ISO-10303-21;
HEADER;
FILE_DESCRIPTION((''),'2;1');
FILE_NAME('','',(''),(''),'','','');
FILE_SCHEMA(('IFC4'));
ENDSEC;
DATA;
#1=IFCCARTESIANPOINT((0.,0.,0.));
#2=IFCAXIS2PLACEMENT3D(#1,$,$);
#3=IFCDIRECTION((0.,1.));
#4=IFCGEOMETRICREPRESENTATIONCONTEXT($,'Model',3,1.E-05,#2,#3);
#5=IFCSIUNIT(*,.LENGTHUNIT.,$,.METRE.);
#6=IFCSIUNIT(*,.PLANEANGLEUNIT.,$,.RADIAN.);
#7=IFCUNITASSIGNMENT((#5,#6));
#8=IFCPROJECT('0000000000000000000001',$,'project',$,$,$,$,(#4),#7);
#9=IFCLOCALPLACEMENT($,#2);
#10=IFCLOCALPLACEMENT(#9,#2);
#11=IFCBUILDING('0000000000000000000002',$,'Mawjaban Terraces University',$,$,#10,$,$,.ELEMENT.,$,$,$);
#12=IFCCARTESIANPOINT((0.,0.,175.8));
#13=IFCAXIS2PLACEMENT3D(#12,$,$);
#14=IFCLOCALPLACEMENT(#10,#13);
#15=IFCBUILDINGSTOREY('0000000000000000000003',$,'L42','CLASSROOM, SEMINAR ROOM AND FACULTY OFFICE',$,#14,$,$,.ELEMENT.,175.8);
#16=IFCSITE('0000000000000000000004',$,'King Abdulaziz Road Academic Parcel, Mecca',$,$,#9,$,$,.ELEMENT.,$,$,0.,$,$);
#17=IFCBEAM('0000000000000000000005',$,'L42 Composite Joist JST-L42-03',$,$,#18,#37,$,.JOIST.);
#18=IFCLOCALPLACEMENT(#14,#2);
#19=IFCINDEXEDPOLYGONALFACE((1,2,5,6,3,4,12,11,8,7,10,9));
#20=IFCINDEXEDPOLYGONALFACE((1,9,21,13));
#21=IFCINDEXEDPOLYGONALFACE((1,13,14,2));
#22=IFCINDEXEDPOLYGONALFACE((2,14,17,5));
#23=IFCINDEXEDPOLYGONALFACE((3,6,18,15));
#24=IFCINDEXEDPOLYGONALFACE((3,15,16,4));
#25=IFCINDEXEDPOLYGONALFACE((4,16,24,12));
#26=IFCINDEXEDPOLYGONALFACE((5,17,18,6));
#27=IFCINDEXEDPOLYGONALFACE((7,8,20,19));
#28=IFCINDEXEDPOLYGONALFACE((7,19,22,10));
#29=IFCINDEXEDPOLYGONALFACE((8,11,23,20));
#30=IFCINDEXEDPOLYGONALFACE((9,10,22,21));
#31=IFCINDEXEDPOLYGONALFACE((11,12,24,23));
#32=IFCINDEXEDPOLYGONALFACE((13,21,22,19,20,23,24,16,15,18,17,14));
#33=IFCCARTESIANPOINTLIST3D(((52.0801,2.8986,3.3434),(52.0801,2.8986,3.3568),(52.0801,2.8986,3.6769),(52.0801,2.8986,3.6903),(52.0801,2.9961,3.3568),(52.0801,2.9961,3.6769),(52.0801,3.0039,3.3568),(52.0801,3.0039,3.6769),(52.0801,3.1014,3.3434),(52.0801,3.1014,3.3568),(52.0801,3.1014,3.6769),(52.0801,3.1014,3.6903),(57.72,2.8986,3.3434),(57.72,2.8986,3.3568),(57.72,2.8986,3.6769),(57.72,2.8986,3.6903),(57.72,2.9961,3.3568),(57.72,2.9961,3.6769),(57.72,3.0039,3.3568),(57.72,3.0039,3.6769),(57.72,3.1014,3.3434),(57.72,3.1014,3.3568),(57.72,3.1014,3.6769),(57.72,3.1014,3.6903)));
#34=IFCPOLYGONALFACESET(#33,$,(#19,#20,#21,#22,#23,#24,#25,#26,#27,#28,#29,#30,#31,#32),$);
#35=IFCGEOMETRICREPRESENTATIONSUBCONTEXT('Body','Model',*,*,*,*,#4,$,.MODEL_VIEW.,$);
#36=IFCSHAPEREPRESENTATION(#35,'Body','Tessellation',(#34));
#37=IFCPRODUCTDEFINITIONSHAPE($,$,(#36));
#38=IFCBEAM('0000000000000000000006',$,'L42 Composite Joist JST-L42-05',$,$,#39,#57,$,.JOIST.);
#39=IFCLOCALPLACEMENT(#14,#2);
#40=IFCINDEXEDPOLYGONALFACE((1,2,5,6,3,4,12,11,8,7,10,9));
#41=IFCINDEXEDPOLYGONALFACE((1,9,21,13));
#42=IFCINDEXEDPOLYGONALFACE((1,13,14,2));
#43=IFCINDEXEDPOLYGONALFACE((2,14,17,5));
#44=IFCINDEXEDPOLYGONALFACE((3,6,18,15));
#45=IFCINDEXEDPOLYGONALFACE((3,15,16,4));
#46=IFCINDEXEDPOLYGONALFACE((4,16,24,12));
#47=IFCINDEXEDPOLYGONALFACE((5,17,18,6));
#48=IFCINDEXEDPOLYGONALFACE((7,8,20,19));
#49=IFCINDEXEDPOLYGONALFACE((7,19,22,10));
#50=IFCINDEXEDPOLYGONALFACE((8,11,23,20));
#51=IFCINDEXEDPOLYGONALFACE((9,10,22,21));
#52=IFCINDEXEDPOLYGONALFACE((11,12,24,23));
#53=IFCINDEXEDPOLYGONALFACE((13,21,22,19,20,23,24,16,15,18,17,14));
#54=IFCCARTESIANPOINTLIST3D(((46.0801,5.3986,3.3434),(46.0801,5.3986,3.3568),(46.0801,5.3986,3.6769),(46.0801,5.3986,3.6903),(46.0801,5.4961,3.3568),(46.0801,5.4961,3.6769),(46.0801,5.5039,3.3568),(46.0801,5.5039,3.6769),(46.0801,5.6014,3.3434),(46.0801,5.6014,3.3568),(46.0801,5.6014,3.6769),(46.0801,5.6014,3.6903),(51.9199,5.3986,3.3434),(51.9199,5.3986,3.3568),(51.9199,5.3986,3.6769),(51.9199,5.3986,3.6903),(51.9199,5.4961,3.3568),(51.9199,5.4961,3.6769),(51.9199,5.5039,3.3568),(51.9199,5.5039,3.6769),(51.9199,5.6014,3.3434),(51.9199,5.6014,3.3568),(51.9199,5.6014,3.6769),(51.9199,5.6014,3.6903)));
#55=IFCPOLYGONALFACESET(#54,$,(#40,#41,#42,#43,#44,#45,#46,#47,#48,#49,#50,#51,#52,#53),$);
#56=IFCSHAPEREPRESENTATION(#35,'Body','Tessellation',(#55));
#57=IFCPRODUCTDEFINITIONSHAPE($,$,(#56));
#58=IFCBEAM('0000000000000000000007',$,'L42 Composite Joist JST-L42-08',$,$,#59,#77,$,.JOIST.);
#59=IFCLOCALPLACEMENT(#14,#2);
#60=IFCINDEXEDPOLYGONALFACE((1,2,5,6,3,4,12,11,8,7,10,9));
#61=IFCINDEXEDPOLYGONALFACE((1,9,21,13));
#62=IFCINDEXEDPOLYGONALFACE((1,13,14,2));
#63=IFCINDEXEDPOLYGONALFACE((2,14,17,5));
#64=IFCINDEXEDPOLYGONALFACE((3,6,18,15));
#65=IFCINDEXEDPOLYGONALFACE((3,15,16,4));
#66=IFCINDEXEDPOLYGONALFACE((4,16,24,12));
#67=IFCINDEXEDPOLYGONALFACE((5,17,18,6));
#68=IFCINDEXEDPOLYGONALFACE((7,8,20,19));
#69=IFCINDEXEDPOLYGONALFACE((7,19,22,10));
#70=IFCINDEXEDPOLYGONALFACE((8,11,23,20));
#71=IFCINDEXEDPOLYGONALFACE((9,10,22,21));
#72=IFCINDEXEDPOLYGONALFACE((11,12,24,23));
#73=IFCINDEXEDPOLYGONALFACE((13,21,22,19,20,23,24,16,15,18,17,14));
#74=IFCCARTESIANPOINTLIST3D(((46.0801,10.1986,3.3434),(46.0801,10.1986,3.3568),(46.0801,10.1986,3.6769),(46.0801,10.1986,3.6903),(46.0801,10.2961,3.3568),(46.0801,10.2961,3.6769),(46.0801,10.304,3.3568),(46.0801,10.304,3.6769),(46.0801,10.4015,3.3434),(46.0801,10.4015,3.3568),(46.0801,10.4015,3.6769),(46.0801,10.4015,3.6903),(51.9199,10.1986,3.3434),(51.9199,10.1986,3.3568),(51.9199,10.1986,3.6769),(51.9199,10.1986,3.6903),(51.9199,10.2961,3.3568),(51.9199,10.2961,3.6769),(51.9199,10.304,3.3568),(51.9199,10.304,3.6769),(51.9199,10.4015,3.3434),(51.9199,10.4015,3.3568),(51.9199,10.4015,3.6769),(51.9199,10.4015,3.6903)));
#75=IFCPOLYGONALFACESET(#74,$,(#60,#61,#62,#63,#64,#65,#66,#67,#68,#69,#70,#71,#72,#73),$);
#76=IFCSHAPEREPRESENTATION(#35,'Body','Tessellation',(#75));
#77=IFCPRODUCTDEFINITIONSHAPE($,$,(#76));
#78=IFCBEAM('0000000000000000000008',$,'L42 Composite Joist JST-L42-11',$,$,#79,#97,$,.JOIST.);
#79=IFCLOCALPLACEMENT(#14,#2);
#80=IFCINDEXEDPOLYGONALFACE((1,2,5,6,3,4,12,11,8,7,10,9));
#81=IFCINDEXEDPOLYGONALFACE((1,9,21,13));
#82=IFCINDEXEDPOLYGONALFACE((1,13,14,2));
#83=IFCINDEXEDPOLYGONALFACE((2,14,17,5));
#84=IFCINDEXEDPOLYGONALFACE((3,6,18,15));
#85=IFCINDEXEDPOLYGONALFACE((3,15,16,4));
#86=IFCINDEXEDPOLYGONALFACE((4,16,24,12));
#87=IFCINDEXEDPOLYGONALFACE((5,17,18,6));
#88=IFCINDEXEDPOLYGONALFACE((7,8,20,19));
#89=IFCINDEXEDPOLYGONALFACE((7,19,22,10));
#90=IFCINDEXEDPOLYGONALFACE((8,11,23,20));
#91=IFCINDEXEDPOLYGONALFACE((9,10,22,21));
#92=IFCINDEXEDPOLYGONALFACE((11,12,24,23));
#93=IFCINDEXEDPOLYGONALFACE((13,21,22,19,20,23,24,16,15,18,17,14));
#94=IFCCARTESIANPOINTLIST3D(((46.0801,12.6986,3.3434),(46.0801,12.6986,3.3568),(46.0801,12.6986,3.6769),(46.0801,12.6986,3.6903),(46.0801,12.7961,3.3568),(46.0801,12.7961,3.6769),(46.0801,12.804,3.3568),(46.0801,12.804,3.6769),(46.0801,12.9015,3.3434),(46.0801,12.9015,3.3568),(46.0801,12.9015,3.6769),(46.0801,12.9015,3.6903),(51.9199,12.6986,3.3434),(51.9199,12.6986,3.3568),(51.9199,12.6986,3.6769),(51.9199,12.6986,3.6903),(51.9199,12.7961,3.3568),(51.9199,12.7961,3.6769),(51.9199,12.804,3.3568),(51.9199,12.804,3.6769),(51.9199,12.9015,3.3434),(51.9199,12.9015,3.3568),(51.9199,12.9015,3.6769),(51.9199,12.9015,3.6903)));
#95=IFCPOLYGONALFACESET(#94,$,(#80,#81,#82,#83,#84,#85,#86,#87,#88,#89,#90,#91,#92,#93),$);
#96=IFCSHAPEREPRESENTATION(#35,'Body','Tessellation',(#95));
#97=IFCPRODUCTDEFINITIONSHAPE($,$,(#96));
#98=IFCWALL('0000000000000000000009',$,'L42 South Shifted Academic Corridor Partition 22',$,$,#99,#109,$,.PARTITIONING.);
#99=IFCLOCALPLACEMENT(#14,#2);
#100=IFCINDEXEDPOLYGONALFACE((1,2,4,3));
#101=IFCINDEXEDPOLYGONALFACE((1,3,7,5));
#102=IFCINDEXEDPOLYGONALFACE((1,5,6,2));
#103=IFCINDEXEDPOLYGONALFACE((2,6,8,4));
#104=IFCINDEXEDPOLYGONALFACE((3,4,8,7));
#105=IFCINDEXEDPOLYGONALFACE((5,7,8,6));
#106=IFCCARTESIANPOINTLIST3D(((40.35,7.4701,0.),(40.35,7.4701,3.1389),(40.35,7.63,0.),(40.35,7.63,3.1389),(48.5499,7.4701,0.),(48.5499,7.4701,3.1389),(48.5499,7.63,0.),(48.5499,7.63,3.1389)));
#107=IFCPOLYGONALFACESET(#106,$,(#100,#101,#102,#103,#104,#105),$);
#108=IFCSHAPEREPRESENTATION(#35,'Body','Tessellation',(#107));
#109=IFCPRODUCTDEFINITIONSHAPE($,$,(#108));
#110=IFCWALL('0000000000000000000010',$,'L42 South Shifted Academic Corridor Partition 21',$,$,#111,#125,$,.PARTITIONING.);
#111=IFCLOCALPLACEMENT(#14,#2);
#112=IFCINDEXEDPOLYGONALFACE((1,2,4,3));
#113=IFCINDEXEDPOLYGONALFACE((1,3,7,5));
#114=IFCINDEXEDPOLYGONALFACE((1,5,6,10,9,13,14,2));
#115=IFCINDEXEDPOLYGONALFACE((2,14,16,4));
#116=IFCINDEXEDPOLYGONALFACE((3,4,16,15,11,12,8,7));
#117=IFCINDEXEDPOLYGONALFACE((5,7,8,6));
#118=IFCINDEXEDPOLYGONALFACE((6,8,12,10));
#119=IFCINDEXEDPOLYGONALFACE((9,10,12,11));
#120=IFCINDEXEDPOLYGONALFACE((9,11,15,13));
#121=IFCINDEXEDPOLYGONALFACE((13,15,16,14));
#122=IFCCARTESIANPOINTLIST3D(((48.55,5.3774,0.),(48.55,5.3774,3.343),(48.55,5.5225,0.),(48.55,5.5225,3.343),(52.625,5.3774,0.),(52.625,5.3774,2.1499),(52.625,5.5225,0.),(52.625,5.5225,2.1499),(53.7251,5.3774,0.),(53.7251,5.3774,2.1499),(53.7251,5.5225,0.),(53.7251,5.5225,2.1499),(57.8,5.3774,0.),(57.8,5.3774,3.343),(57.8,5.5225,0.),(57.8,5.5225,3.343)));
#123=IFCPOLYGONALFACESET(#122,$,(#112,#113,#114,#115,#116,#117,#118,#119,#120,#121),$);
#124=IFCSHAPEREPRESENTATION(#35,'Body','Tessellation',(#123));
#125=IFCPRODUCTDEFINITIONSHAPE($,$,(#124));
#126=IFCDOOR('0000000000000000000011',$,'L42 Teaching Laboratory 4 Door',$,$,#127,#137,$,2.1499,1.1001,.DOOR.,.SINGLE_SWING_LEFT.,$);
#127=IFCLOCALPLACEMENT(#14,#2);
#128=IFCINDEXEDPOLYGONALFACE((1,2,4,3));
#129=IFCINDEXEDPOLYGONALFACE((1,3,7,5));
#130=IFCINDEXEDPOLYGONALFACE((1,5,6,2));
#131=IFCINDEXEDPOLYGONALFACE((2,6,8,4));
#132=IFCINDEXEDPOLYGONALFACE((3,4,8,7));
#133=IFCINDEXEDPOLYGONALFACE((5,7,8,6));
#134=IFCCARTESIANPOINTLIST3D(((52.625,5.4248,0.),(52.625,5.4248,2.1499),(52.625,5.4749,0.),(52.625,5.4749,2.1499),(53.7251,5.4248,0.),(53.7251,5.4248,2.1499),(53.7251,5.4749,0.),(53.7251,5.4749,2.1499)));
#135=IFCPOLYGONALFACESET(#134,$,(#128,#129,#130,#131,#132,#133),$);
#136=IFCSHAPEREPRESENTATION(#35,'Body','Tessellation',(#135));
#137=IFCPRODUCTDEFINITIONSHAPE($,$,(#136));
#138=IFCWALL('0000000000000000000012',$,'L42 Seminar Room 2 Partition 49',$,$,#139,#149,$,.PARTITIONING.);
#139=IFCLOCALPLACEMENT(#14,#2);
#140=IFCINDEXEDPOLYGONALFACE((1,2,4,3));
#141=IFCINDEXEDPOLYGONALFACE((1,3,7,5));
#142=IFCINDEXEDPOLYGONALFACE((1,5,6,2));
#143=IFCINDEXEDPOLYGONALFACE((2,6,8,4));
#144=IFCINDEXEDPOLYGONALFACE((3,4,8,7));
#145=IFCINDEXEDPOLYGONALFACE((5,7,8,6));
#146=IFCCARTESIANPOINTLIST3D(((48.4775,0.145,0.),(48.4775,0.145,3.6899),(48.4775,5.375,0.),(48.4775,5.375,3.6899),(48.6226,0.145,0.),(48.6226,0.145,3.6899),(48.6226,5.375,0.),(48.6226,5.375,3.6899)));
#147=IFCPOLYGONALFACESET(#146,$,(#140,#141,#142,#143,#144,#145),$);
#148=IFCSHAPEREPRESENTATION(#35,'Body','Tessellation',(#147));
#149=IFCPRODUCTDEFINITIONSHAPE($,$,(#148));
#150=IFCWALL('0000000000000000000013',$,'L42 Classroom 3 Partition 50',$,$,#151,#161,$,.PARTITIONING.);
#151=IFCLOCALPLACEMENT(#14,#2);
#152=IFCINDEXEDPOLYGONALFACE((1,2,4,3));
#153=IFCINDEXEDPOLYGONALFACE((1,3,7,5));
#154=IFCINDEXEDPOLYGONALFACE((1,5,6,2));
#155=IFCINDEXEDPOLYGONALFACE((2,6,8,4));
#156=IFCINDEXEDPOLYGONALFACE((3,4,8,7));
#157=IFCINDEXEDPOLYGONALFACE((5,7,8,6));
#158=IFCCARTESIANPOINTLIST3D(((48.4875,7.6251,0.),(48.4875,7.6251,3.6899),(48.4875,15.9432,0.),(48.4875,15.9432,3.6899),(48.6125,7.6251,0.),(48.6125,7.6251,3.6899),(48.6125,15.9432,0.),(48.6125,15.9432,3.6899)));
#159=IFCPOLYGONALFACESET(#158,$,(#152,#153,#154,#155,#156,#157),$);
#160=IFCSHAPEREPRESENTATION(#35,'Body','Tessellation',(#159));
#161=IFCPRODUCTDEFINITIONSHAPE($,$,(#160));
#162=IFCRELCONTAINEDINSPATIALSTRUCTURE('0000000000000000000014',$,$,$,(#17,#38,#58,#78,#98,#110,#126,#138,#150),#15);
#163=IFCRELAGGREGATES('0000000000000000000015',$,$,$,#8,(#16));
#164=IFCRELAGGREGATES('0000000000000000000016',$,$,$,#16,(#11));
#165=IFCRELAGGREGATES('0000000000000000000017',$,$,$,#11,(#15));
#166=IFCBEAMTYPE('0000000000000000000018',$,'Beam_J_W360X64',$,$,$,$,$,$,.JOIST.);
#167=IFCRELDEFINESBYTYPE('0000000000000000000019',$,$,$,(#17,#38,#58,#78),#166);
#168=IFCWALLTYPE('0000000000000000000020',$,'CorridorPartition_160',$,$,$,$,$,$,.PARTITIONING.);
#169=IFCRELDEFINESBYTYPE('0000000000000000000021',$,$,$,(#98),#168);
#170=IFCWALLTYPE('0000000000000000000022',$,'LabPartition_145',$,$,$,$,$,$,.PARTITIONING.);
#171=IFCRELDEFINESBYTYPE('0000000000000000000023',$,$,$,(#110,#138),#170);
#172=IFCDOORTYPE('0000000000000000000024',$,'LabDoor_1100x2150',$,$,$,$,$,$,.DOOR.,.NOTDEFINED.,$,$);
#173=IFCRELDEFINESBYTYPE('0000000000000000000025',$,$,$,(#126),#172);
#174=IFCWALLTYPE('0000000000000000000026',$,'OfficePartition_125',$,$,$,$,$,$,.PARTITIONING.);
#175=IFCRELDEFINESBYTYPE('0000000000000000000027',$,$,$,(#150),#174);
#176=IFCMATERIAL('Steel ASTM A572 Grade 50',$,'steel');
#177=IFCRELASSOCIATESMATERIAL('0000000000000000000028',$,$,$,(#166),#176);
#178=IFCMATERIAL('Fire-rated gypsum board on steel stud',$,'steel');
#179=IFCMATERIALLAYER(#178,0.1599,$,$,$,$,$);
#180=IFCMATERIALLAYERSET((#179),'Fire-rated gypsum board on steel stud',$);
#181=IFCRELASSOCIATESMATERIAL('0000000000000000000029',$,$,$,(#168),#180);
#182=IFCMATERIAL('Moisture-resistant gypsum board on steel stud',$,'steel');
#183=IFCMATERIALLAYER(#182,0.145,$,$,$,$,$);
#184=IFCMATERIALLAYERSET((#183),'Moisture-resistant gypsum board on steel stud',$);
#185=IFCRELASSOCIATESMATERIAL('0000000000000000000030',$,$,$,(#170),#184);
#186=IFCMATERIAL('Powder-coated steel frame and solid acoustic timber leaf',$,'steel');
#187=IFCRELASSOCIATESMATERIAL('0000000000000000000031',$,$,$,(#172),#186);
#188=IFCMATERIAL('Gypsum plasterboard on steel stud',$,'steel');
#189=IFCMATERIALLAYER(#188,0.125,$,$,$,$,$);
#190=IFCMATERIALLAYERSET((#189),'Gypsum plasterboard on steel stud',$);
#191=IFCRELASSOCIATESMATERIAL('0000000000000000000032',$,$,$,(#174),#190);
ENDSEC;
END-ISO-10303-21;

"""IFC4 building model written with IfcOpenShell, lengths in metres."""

from ifc_helpers import new_model, si_unit, direction, frame, frame_2d, origin, origin_2d, place, context, subcontext, project, spatial, rectangle, i_section, extrude, material, layer, layer_set, material_profile, profile_set, type_object, element, fill, save


model = new_model("IFC4")

# Units and contexts
model_context = context("Model", 3, precision=1e-05, world=origin(), true_north=direction((0.0, 1.0)))
body_context = subcontext(model_context, "Body", "Model", "MODEL_VIEW")
ifc_project = project(units=[si_unit("LENGTHUNIT", "METRE"), si_unit("PLANEANGLEUNIT", "RADIAN")], contexts=[model_context])

# Site, building, storey
site_placement = place(None, origin())
site = spatial("IfcSite", under=ifc_project, at=site_placement, Name="King Abdulaziz Road Academic Parcel, Mecca", CompositionType="ELEMENT", RefElevation=0.0)
building_placement = place(site_placement, origin())
building = spatial("IfcBuilding", under=site, at=building_placement, Name="Mawjaban Terraces University", CompositionType="ELEMENT")
storey_placement = place(building_placement, frame((0.0, 0.0, 175.8)))
storey = spatial("IfcBuildingStorey", under=building, at=storey_placement, Name="L42", Description="CLASSROOM, SEMINAR ROOM AND FACULTY OFFICE", CompositionType="ELEMENT", Elevation=175.8)

# Beams
ifc_material_1 = material(Name="Steel ASTM A572 Grade 50", Category="steel")
ifc_material_profile_1 = material_profile(ifc_material_1, i_section(OverallWidth=0.2029, OverallDepth=0.3469, WebThickness=0.0078, FlangeThickness=0.0134, at=origin_2d()), Name="W360X64")
ifc_profile_set_1 = profile_set([ifc_material_profile_1], Name="Steel ASTM A572 Grade 50")
beam_type_1 = type_object("IfcBeamType", Name="Beam_J_W360X64", PredefinedType="JOIST", material=ifc_profile_set_1)
beam_1_placement = place(storey_placement, frame((52.0801, 3.0, 3.5168), z_axis=(1.0, 0.0, 0.0), x_axis=(0.0, 1.0, 0.0)))
element("IfcBeam", 1, at=beam_1_placement, inside=storey, type_object=beam_type_1, Name="L42 Composite Joist JST-L42-03", PredefinedType="JOIST", context=body_context, shape_type="SweptSolid", body=[
    extrude(i_section(OverallWidth=0.2029, OverallDepth=0.3469, WebThickness=0.0078, FlangeThickness=0.0134, at=origin_2d()), origin(), (0.0, 0.0, 1.0), 5.6399),
])
for number, where, z_axis, x_axis, name in (
    (2, (46.0801, 5.5, 3.5168), (1.0, 0.0, 0.0), (0.0, 1.0, 0.0), "L42 Composite Joist JST-L42-05"),
    (3, (46.0801, 10.3, 3.5168), (1.0, 0.0, 0.0), (0.0, 1.0, 0.0), "L42 Composite Joist JST-L42-08"),
    (4, (46.0801, 12.8, 3.5168), (1.0, 0.0, 0.0), (0.0, 1.0, 0.0), "L42 Composite Joist JST-L42-11"),
):
    element("IfcBeam", number, at=place(storey_placement, frame(where, z_axis=z_axis, x_axis=x_axis)), inside=storey, type_object=beam_type_1, Name=name, PredefinedType="JOIST", context=body_context, shape_type="SweptSolid", body=[
        extrude(i_section(OverallWidth=0.2029, OverallDepth=0.3469, WebThickness=0.0078, FlangeThickness=0.0134, at=origin_2d()), origin(), (0.0, 0.0, 1.0), 5.8398),
    ])

# Wall
ifc_material_2 = material(Name="Fire-rated gypsum board on steel stud", Category="steel")
ifc_layer_1 = layer(ifc_material_2, 0.1599)
ifc_layer_set_1 = layer_set([ifc_layer_1], Name="Fire-rated gypsum board on steel stud")
wall_type_1 = type_object("IfcWallType", Name="CorridorPartition_160", PredefinedType="PARTITIONING", material=ifc_layer_set_1)
wall_1_placement = place(storey_placement, frame((48.55, 7.55, 0.0), z_axis=(0.0, 0.0, 1.0), x_axis=(-1.0, 0.0, 0.0)))
element("IfcWall", 5, at=wall_1_placement, inside=storey, type_object=wall_type_1, Name="L42 South Shifted Academic Corridor Partition 22", PredefinedType="PARTITIONING", context=body_context, shape_type="SweptSolid", body=[
    extrude(rectangle(XDim=8.2, YDim=0.1599, at=frame_2d((4.1001, 0.0))), origin(), (0.0, 0.0, 1.0), 3.1389),
])

# Wall, opening, door
ifc_material_3 = material(Name="Moisture-resistant gypsum board on steel stud", Category="steel")
ifc_layer_2 = layer(ifc_material_3, 0.145)
ifc_layer_set_2 = layer_set([ifc_layer_2], Name="Moisture-resistant gypsum board on steel stud")
wall_type_2 = type_object("IfcWallType", Name="LabPartition_145", PredefinedType="PARTITIONING", material=ifc_layer_set_2)
wall_2_placement = place(storey_placement, frame((48.55, 5.45, 0.0), z_axis=(0.0, 0.0, 1.0), x_axis=(1.0, 0.0, 0.0)))
wall_2 = element("IfcWall", 6, at=wall_2_placement, inside=storey, type_object=wall_type_2, Name="L42 South Shifted Academic Corridor Partition 21", PredefinedType="PARTITIONING", context=body_context, shape_type="SweptSolid", body=[
    extrude(rectangle(XDim=9.25, YDim=0.145, at=frame_2d((4.625, 0.0))), origin(), (0.0, 0.0, 1.0), 3.343),
])
opening_placement = place(wall_2_placement, frame((4.075, 0.0, 0.0)))
opening = element("IfcOpeningElement", 7, at=opening_placement, cuts=wall_2, PredefinedType="OPENING", context=body_context, shape_type="SweptSolid", body=[
    extrude(rectangle(XDim=1.1001, YDim=2.1499, at=frame_2d((0.55, 1.075))), frame((0.0, 0.0825, 0.0), z_axis=(0.0, -1.0, 0.0), x_axis=(1.0, 0.0, 0.0)), (0.0, 0.0, 1.0), 0.165),
])
ifc_material_4 = material(Name="Powder-coated steel frame and solid acoustic timber leaf", Category="steel")
door_type = type_object("IfcDoorType", Name="LabDoor_1100x2150", OperationType="NOTDEFINED", PredefinedType="DOOR", material=ifc_material_4)
door_placement = place(opening_placement, origin())
door = element("IfcDoor", 8, at=door_placement, inside=storey, type_object=door_type, Name="L42 Teaching Laboratory 4 Door", OperationType="SINGLE_SWING_LEFT", OverallHeight=2.1499, OverallWidth=1.1001, PredefinedType="DOOR", context=body_context, shape_type="SweptSolid", body=[
    extrude(rectangle(XDim=1.1001, YDim=2.1499, at=frame_2d((0.55, 1.075))), frame((0.0, 0.0249, 0.0), z_axis=(0.0, -1.0, 0.0), x_axis=(1.0, 0.0, 0.0)), (0.0, 0.0, 1.0), 0.05),
])
fill(opening, door)

# Walls
wall_3_placement = place(storey_placement, frame((48.55, 0.145, 0.0), z_axis=(0.0, 0.0, 1.0), x_axis=(0.0, 1.0, 0.0)))
element("IfcWall", 9, at=wall_3_placement, inside=storey, type_object=wall_type_2, Name="L42 Seminar Room 2 Partition 49", PredefinedType="PARTITIONING", context=body_context, shape_type="SweptSolid", body=[
    extrude(rectangle(XDim=5.23, YDim=0.145, at=frame_2d((2.615, 0.0))), origin(), (0.0, 0.0, 1.0), 3.6899),
])
ifc_material_5 = material(Name="Gypsum plasterboard on steel stud", Category="steel")
ifc_layer_3 = layer(ifc_material_5, 0.125)
ifc_layer_set_3 = layer_set([ifc_layer_3], Name="Gypsum plasterboard on steel stud")
wall_type_3 = type_object("IfcWallType", Name="OfficePartition_125", PredefinedType="PARTITIONING", material=ifc_layer_set_3)
wall_4_placement = place(storey_placement, frame((48.55, 7.625, 0.0), z_axis=(0.0, 0.0, 1.0), x_axis=(0.0, 1.0, 0.0)))
element("IfcWall", 10, at=wall_4_placement, inside=storey, type_object=wall_type_3, Name="L42 Classroom 3 Partition 50", PredefinedType="PARTITIONING", context=body_context, shape_type="SweptSolid", body=[
    extrude(rectangle(XDim=8.3181, YDim=0.125, at=frame_2d((4.1592, 0.0))), origin(), (0.0, 0.0, 1.0), 3.6899),
])

save(model, "model.ifc")
